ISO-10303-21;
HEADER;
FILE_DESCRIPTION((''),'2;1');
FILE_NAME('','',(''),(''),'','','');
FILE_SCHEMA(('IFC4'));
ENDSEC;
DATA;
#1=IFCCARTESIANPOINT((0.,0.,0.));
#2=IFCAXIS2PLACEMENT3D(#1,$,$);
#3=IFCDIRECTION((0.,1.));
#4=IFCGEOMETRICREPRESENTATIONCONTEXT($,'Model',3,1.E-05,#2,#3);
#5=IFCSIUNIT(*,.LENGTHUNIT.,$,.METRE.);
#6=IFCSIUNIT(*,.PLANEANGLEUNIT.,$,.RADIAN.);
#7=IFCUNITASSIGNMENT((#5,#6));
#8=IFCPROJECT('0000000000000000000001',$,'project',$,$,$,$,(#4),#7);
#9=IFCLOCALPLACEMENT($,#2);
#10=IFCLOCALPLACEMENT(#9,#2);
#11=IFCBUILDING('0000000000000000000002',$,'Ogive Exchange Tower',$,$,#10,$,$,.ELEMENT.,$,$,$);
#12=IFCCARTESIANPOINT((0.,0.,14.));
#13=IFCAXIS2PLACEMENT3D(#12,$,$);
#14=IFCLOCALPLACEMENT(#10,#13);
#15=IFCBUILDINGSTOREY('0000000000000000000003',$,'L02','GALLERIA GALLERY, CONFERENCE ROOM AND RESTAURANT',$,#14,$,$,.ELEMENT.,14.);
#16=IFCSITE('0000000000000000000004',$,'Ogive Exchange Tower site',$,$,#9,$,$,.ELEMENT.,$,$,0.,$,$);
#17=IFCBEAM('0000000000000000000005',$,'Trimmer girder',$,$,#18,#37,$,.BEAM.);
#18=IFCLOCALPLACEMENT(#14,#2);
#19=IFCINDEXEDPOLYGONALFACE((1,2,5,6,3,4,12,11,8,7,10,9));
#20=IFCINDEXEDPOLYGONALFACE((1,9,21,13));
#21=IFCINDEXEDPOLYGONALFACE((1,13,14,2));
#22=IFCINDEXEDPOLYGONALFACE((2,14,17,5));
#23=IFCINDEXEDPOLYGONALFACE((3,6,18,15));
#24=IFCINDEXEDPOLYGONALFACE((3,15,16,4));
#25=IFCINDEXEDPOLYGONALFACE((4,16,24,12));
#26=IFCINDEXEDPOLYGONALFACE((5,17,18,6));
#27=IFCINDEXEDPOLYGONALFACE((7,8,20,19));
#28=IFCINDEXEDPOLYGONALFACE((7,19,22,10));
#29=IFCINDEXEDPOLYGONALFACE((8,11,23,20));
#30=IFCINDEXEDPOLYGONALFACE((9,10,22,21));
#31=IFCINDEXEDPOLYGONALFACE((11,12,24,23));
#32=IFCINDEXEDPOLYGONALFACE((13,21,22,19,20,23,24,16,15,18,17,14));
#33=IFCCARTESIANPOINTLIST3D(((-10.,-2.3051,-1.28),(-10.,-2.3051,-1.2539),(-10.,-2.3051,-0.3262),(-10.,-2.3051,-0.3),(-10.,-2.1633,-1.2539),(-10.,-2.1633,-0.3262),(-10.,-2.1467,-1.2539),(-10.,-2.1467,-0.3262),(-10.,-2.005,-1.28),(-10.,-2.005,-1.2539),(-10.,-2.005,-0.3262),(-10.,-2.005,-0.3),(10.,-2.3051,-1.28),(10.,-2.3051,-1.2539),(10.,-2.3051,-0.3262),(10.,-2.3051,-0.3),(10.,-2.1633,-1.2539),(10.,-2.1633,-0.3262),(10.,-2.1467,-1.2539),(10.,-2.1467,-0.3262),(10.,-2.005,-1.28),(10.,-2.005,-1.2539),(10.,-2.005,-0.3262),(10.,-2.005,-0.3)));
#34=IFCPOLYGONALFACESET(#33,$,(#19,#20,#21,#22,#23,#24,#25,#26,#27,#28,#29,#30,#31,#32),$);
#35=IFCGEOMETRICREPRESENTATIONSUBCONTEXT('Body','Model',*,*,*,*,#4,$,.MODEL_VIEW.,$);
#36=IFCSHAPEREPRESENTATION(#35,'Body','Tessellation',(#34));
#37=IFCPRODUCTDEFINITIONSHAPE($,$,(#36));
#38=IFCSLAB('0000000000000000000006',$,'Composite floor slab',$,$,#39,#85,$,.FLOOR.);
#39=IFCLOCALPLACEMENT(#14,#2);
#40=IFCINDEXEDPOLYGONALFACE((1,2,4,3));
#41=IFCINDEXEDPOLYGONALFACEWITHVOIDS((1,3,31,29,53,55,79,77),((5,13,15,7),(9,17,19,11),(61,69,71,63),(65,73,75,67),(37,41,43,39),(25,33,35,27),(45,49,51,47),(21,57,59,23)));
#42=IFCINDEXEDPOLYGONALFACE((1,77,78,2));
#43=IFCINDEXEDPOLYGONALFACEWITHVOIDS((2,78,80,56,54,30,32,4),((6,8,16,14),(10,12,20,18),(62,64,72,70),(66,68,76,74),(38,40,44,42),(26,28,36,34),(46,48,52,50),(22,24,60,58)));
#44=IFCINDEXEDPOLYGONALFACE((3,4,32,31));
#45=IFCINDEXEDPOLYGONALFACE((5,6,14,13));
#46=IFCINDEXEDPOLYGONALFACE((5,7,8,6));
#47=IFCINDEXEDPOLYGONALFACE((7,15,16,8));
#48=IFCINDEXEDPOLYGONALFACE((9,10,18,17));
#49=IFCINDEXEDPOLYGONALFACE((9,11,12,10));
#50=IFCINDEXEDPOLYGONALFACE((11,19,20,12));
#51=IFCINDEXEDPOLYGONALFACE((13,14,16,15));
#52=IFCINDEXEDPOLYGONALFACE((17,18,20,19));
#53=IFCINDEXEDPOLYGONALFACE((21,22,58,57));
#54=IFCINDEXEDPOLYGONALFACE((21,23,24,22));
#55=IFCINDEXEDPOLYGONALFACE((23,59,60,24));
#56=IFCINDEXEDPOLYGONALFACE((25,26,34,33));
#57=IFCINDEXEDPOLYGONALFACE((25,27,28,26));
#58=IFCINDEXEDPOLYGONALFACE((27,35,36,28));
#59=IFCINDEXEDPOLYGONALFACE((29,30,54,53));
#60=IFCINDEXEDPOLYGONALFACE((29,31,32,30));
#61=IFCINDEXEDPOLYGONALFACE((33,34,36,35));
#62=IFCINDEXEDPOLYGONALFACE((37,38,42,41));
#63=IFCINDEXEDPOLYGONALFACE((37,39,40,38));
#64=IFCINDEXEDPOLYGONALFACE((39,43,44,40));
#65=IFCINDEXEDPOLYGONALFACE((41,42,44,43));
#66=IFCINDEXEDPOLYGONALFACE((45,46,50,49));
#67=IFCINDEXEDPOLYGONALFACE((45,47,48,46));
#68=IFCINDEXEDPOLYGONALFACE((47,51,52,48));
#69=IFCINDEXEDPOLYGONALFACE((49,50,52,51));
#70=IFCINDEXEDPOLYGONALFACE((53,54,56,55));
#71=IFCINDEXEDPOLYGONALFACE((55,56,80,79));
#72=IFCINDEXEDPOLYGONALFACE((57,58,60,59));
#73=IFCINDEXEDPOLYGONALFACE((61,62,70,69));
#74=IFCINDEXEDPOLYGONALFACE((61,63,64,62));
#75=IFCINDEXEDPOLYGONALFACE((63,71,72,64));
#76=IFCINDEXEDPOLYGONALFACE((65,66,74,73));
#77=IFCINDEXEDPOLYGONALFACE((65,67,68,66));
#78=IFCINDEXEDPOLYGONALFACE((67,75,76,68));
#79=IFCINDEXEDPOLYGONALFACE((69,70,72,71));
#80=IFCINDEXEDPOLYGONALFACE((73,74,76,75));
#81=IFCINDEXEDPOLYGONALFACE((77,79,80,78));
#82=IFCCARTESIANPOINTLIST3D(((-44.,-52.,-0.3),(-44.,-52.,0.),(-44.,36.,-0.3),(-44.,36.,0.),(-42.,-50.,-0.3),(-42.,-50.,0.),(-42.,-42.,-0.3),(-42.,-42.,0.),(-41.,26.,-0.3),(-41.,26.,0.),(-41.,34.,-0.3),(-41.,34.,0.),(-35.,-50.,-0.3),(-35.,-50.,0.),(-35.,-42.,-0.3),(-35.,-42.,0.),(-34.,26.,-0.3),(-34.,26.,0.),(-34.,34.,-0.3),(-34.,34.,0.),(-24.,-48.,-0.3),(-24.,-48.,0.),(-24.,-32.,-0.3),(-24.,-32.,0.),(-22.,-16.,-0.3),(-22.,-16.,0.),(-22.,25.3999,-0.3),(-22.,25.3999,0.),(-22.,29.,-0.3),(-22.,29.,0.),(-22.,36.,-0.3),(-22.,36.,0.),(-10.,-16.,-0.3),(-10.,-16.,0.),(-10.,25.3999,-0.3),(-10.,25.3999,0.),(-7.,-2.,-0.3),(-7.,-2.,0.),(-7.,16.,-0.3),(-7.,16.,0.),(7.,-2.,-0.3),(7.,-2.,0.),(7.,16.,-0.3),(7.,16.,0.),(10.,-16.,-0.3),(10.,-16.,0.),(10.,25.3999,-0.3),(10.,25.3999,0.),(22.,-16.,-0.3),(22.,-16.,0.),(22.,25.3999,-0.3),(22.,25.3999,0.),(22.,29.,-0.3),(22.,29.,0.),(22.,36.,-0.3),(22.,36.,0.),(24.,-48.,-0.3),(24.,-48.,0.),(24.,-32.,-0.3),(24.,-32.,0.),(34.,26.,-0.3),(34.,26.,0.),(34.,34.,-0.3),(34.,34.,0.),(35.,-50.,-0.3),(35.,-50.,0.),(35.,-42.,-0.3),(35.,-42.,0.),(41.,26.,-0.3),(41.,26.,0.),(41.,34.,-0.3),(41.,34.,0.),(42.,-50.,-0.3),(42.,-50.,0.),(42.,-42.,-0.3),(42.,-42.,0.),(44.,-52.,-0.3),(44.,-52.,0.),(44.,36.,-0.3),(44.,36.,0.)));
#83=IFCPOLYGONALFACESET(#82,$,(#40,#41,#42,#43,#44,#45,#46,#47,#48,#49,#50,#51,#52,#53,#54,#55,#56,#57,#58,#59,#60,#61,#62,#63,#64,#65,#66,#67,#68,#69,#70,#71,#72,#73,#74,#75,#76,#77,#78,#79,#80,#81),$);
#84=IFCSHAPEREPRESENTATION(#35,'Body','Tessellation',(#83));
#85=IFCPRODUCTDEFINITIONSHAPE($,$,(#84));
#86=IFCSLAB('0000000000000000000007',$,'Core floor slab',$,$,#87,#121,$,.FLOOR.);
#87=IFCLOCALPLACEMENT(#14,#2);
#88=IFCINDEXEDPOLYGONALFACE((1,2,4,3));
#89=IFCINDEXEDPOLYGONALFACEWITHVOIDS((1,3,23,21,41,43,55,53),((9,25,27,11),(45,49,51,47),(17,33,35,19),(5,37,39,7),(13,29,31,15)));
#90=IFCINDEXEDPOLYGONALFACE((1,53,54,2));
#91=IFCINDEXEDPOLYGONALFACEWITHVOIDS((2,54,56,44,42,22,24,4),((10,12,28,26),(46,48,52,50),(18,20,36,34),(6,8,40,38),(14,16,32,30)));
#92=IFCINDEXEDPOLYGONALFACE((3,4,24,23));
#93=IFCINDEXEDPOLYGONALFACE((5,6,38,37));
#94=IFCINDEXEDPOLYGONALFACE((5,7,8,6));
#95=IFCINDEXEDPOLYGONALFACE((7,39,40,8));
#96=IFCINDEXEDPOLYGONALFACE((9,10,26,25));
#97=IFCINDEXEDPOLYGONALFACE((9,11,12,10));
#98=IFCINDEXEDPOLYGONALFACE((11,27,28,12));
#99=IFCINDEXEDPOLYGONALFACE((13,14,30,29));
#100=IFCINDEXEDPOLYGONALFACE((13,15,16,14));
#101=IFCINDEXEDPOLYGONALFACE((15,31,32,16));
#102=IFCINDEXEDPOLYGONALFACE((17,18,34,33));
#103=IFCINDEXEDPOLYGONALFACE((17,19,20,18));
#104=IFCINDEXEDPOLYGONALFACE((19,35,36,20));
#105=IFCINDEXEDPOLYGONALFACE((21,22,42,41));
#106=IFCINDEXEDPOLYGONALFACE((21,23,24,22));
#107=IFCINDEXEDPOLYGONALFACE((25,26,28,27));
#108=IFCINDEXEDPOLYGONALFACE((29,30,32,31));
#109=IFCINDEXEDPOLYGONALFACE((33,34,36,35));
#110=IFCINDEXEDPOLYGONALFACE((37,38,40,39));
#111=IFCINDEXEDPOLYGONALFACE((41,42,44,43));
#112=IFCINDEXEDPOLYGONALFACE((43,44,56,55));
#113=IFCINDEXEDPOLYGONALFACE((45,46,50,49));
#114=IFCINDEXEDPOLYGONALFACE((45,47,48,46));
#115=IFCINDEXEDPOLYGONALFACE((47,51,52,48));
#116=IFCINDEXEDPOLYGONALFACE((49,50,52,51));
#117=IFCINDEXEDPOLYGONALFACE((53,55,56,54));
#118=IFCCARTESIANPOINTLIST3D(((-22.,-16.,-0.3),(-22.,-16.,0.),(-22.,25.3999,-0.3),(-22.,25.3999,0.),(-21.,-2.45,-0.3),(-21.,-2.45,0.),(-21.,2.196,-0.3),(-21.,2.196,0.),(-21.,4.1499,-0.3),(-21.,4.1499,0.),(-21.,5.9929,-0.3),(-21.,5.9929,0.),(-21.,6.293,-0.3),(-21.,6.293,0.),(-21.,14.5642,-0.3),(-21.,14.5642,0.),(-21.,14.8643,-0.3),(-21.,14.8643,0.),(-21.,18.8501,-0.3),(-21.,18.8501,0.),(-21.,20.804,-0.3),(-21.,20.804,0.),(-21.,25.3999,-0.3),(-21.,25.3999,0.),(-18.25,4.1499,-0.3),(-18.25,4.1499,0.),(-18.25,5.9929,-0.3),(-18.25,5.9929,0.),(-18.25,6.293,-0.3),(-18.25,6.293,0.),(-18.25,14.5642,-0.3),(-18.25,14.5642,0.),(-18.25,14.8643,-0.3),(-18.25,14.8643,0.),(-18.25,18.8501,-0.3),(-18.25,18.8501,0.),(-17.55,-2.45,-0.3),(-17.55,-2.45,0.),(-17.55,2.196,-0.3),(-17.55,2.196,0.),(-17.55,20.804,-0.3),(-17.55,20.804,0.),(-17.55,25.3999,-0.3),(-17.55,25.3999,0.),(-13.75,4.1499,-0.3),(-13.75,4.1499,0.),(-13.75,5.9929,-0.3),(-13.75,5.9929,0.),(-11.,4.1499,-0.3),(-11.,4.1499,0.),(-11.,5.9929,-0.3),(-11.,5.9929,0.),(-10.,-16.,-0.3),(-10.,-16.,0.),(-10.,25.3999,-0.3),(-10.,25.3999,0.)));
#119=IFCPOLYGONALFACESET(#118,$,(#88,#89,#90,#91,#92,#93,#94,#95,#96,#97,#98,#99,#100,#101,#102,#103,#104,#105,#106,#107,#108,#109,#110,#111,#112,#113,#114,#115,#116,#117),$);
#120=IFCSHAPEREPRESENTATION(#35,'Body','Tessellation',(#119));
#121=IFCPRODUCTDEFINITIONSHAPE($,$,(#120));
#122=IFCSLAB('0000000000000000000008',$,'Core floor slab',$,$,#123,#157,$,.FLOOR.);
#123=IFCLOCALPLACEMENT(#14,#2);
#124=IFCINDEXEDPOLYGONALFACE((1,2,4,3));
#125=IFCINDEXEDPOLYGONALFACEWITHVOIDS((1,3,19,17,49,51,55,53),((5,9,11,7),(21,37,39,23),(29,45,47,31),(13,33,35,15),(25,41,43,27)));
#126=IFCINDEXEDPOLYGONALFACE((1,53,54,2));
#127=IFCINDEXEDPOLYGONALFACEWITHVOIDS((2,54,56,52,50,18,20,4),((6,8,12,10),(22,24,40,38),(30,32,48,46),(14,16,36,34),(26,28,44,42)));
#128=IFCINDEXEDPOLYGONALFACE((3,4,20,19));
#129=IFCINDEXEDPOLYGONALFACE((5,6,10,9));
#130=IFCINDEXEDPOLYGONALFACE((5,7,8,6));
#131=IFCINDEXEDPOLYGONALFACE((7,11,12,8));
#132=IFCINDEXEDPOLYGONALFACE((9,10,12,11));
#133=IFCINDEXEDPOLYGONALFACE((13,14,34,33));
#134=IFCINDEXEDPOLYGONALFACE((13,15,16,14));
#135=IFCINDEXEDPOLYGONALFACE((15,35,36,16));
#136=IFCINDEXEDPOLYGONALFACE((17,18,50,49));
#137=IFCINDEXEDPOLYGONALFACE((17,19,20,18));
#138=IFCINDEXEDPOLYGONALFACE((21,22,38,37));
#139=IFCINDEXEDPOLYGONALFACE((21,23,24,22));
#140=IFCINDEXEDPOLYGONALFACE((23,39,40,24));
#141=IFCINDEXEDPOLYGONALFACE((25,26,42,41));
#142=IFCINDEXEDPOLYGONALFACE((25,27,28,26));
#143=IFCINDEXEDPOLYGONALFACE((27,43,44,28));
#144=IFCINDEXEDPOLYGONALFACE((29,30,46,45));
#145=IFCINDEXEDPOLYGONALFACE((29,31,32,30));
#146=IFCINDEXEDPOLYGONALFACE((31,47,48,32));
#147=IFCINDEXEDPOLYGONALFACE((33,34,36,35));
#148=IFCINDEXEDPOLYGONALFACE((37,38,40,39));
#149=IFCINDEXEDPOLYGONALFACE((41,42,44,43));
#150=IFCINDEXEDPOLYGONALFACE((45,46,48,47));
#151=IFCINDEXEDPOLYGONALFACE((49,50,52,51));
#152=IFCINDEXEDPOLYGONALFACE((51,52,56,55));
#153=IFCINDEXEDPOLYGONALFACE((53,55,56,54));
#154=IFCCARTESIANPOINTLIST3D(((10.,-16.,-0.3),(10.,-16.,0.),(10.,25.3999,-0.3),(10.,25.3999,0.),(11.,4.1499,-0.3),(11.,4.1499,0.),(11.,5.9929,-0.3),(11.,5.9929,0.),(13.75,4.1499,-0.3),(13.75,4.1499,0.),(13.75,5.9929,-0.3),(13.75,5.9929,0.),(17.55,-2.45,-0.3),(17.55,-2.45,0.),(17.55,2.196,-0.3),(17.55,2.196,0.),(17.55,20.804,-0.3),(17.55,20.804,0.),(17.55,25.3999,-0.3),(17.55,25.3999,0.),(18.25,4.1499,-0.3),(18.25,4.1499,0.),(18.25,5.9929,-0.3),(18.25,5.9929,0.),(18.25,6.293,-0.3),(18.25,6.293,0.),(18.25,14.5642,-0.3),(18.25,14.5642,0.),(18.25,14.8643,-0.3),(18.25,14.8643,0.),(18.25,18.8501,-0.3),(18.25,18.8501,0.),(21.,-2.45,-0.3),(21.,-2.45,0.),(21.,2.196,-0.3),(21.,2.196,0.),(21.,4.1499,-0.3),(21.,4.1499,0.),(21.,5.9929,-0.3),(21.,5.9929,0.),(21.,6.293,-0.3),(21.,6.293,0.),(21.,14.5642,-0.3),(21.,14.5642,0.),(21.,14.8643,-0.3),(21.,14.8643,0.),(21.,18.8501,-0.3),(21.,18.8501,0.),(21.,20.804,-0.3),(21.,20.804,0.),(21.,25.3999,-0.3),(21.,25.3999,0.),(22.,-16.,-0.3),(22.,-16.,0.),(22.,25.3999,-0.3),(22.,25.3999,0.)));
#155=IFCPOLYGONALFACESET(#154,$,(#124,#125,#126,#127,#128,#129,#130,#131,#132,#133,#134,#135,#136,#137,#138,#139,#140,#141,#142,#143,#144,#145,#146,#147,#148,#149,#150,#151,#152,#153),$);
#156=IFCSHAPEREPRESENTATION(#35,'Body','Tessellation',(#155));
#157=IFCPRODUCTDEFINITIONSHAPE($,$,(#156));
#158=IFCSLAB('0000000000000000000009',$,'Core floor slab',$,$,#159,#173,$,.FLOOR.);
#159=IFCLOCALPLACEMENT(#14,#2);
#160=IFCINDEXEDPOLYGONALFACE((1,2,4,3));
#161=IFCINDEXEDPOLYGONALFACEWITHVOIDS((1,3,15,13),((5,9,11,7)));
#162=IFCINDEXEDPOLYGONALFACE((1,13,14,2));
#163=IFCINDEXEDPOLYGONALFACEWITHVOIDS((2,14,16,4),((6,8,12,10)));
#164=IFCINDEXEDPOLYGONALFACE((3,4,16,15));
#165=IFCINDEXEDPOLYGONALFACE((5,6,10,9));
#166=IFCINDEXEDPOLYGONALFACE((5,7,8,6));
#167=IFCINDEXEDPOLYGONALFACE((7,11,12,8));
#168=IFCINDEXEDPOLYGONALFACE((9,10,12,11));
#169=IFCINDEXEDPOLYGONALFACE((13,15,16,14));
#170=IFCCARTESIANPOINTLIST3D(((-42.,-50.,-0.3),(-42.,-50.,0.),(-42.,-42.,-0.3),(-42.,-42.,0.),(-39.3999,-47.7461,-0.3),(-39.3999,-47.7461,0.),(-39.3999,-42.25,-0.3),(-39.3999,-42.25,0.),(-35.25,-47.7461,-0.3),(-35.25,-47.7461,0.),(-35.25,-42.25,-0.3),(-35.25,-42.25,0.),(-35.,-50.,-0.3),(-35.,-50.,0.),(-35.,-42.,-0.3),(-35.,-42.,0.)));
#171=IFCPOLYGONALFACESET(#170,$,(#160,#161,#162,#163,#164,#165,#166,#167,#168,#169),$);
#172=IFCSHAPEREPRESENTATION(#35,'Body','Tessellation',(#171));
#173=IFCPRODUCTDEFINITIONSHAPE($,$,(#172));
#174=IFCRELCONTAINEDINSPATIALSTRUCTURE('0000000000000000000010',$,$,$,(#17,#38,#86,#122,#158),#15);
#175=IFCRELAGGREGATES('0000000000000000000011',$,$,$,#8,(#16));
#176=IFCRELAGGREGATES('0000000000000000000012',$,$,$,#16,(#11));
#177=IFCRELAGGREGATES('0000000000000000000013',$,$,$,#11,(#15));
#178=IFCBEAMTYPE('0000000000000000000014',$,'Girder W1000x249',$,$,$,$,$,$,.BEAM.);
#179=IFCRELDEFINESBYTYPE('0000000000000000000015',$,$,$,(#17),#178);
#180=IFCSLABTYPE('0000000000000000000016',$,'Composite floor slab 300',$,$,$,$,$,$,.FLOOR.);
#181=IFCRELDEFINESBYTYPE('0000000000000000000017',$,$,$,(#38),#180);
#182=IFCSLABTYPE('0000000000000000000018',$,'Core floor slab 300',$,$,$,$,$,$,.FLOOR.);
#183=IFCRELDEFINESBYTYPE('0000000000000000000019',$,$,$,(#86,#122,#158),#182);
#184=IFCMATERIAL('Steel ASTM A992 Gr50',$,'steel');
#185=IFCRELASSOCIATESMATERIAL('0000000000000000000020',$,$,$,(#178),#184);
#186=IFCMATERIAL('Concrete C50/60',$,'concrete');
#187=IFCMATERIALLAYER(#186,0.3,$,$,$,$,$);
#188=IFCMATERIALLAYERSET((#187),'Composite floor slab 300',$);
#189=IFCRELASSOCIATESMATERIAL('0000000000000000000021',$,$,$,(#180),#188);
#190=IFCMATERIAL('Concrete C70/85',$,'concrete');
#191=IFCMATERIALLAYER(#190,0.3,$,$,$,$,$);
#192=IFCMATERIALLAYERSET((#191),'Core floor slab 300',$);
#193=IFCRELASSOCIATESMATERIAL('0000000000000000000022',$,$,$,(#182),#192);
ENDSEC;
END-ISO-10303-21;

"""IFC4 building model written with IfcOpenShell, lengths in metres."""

from ifc_helpers import new_model, si_unit, direction, frame, origin, origin_2d, place, context, subcontext, project, spatial, polyline, i_section, outline, extrude, material, layer, layer_set, material_profile, profile_set, type_object, element, save


model = new_model("IFC4")

# Units and contexts
model_context = context("Model", 3, precision=1e-05, world=origin(), true_north=direction((0.0, 1.0)))
body_context = subcontext(model_context, "Body", "Model", "MODEL_VIEW")
ifc_project = project(units=[si_unit("LENGTHUNIT", "METRE"), si_unit("PLANEANGLEUNIT", "RADIAN")], contexts=[model_context])

# Site, building, storey
site_placement = place(None, origin())
site = spatial("IfcSite", under=ifc_project, at=site_placement, Name="Ogive Exchange Tower site", CompositionType="ELEMENT", RefElevation=0.0)
building_placement = place(site_placement, origin())
building = spatial("IfcBuilding", under=site, at=building_placement, Name="Ogive Exchange Tower", CompositionType="ELEMENT")
storey_placement = place(building_placement, frame((0.0, 0.0, 14.0)))
storey = spatial("IfcBuildingStorey", under=building, at=storey_placement, Name="L02", Description="GALLERIA GALLERY, CONFERENCE ROOM AND RESTAURANT", CompositionType="ELEMENT", Elevation=14.0)

# Beam
ifc_material_1 = material(Name="Steel ASTM A992 Gr50", Category="steel")
ifc_material_profile = material_profile(ifc_material_1, i_section(OverallWidth=0.3, OverallDepth=0.98, WebThickness=0.0166, FlangeThickness=0.0261, at=origin_2d()), Name="W1000x249")
ifc_profile_set = profile_set([ifc_material_profile], Name="Steel ASTM A992 Gr50")
beam_type = type_object("IfcBeamType", Name="Girder W1000x249", PredefinedType="BEAM", material=ifc_profile_set)
beam_placement = place(storey_placement, frame((-10.0, -2.155, -0.79), z_axis=(1.0, 0.0, 0.0), x_axis=(0.0, 1.0, 0.0)))
element("IfcBeam", 1, at=beam_placement, inside=storey, type_object=beam_type, Name="Trimmer girder", PredefinedType="BEAM", context=body_context, shape_type="SweptSolid", body=[
    extrude(i_section(OverallWidth=0.3, OverallDepth=0.98, WebThickness=0.0166, FlangeThickness=0.0261, at=origin_2d()), origin(), (0.0, 0.0, 1.0), 20.0),
])

# Slabs
ifc_material_2 = material(Name="Concrete C50/60", Category="concrete")
ifc_layer_1 = layer(ifc_material_2, 0.3)
ifc_layer_set_1 = layer_set([ifc_layer_1], Name="Composite floor slab 300")
slab_type_1 = type_object("IfcSlabType", Name="Composite floor slab 300", PredefinedType="FLOOR", material=ifc_layer_set_1)
slab_1_placement = place(storey_placement, frame((0.0, 0.0, -0.3)))
element("IfcSlab", 2, at=slab_1_placement, inside=storey, type_object=slab_type_1, Name="Composite floor slab", PredefinedType="FLOOR", context=body_context, shape_type="SweptSolid", body=[
    extrude(outline(polyline([(44.0, -52.0), (-44.0, -52.0), (-44.0, 36.0), (-22.0, 36.0), (-22.0, 29.0), (22.0, 29.0), (22.0, 36.0), (44.0, 36.0), (44.0, -52.0)]), holes=[polyline([(-42.0, -42.0), (-42.0, -50.0), (-35.0, -50.0), (-35.0, -42.0), (-42.0, -42.0)]), polyline([(35.0, -42.0), (35.0, -50.0), (42.0, -50.0), (42.0, -42.0), (35.0, -42.0)]), polyline([(-24.0, -32.0), (-24.0, -48.0), (24.0, -48.0), (24.0, -32.0), (-24.0, -32.0)]), polyline([(-22.0, 25.3999), (-22.0, -16.0), (-10.0, -16.0), (-10.0, 25.3999), (-22.0, 25.3999)]), polyline([(10.0, 25.3999), (10.0, -16.0), (22.0, -16.0), (22.0, 25.3999), (10.0, 25.3999)]), polyline([(-7.0, 16.0), (-7.0, -2.0), (7.0, -2.0), (7.0, 16.0), (-7.0, 16.0)]), polyline([(-41.0, 34.0), (-41.0, 26.0), (-34.0, 26.0), (-34.0, 34.0), (-41.0, 34.0)]), polyline([(34.0, 34.0), (34.0, 26.0), (41.0, 26.0), (41.0, 34.0), (34.0, 34.0)])]), origin(), (0.0, 0.0, 1.0), 0.3),
])
ifc_material_3 = material(Name="Concrete C70/85", Category="concrete")
ifc_layer_2 = layer(ifc_material_3, 0.3)
ifc_layer_set_2 = layer_set([ifc_layer_2], Name="Core floor slab 300")
slab_type_2 = type_object("IfcSlabType", Name="Core floor slab 300", PredefinedType="FLOOR", material=ifc_layer_set_2)
slab_2_placement = place(storey_placement, frame((0.0, 0.0, -0.3)))
element("IfcSlab", 3, at=slab_2_placement, inside=storey, type_object=slab_type_2, Name="Core floor slab", PredefinedType="FLOOR", context=body_context, shape_type="SweptSolid", body=[
    extrude(outline(polyline([(-10.0, 25.3999), (-10.0, -16.0), (-22.0, -16.0), (-22.0, 25.3999), (-21.0, 25.3999), (-21.0, 20.804), (-17.55, 20.804), (-17.55, 25.3999), (-10.0, 25.3999)]), holes=[polyline([(-17.55, 2.196), (-21.0, 2.196), (-21.0, -2.45), (-17.55, -2.45), (-17.55, 2.196)]), polyline([(-18.25, 5.9929), (-21.0, 5.9929), (-21.0, 4.1499), (-18.25, 4.1499), (-18.25, 5.9929)]), polyline([(-11.0, 5.9929), (-13.75, 5.9929), (-13.75, 4.1499), (-11.0, 4.1499), (-11.0, 5.9929)]), polyline([(-21.0, 14.5642), (-21.0, 6.293), (-18.25, 6.293), (-18.25, 14.5642), (-21.0, 14.5642)]), polyline([(-18.25, 18.8501), (-21.0, 18.8501), (-21.0, 14.8643), (-18.25, 14.8643), (-18.25, 18.8501)])]), origin(), (0.0, 0.0, 1.0), 0.3),
])
slab_3_placement = place(storey_placement, frame((0.0, 0.0, -0.3)))
element("IfcSlab", 4, at=slab_3_placement, inside=storey, type_object=slab_type_2, Name="Core floor slab", PredefinedType="FLOOR", context=body_context, shape_type="SweptSolid", body=[
    extrude(outline(polyline([(22.0, 25.3999), (22.0, -16.0), (10.0, -16.0), (10.0, 25.3999), (17.55, 25.3999), (17.55, 20.804), (21.0, 20.804), (21.0, 25.3999), (22.0, 25.3999)]), holes=[polyline([(21.0, 2.196), (17.55, 2.196), (17.55, -2.45), (21.0, -2.45), (21.0, 2.196)]), polyline([(13.75, 5.9929), (11.0, 5.9929), (11.0, 4.1499), (13.75, 4.1499), (13.75, 5.9929)]), polyline([(21.0, 5.9929), (18.25, 5.9929), (18.25, 4.1499), (21.0, 4.1499), (21.0, 5.9929)]), polyline([(18.25, 14.5642), (18.25, 6.293), (21.0, 6.293), (21.0, 14.5642), (18.25, 14.5642)]), polyline([(21.0, 18.8501), (18.25, 18.8501), (18.25, 14.8643), (21.0, 14.8643), (21.0, 18.8501)])]), origin(), (0.0, 0.0, 1.0), 0.3),
])
slab_4_placement = place(storey_placement, frame((0.0, 0.0, -0.3)))
element("IfcSlab", 5, at=slab_4_placement, inside=storey, type_object=slab_type_2, Name="Core floor slab", PredefinedType="FLOOR", context=body_context, shape_type="SweptSolid", body=[
    extrude(outline(polyline([(-42.0, -50.0), (-42.0, -42.0), (-35.0, -42.0), (-35.0, -50.0), (-42.0, -50.0)]), holes=[polyline([(-35.25, -42.25), (-39.3999, -42.25), (-39.3999, -47.7461), (-35.25, -47.7461), (-35.25, -42.25)])]), origin(), (0.0, 0.0, 1.0), 0.3),
])

save(model, "model.ifc")
